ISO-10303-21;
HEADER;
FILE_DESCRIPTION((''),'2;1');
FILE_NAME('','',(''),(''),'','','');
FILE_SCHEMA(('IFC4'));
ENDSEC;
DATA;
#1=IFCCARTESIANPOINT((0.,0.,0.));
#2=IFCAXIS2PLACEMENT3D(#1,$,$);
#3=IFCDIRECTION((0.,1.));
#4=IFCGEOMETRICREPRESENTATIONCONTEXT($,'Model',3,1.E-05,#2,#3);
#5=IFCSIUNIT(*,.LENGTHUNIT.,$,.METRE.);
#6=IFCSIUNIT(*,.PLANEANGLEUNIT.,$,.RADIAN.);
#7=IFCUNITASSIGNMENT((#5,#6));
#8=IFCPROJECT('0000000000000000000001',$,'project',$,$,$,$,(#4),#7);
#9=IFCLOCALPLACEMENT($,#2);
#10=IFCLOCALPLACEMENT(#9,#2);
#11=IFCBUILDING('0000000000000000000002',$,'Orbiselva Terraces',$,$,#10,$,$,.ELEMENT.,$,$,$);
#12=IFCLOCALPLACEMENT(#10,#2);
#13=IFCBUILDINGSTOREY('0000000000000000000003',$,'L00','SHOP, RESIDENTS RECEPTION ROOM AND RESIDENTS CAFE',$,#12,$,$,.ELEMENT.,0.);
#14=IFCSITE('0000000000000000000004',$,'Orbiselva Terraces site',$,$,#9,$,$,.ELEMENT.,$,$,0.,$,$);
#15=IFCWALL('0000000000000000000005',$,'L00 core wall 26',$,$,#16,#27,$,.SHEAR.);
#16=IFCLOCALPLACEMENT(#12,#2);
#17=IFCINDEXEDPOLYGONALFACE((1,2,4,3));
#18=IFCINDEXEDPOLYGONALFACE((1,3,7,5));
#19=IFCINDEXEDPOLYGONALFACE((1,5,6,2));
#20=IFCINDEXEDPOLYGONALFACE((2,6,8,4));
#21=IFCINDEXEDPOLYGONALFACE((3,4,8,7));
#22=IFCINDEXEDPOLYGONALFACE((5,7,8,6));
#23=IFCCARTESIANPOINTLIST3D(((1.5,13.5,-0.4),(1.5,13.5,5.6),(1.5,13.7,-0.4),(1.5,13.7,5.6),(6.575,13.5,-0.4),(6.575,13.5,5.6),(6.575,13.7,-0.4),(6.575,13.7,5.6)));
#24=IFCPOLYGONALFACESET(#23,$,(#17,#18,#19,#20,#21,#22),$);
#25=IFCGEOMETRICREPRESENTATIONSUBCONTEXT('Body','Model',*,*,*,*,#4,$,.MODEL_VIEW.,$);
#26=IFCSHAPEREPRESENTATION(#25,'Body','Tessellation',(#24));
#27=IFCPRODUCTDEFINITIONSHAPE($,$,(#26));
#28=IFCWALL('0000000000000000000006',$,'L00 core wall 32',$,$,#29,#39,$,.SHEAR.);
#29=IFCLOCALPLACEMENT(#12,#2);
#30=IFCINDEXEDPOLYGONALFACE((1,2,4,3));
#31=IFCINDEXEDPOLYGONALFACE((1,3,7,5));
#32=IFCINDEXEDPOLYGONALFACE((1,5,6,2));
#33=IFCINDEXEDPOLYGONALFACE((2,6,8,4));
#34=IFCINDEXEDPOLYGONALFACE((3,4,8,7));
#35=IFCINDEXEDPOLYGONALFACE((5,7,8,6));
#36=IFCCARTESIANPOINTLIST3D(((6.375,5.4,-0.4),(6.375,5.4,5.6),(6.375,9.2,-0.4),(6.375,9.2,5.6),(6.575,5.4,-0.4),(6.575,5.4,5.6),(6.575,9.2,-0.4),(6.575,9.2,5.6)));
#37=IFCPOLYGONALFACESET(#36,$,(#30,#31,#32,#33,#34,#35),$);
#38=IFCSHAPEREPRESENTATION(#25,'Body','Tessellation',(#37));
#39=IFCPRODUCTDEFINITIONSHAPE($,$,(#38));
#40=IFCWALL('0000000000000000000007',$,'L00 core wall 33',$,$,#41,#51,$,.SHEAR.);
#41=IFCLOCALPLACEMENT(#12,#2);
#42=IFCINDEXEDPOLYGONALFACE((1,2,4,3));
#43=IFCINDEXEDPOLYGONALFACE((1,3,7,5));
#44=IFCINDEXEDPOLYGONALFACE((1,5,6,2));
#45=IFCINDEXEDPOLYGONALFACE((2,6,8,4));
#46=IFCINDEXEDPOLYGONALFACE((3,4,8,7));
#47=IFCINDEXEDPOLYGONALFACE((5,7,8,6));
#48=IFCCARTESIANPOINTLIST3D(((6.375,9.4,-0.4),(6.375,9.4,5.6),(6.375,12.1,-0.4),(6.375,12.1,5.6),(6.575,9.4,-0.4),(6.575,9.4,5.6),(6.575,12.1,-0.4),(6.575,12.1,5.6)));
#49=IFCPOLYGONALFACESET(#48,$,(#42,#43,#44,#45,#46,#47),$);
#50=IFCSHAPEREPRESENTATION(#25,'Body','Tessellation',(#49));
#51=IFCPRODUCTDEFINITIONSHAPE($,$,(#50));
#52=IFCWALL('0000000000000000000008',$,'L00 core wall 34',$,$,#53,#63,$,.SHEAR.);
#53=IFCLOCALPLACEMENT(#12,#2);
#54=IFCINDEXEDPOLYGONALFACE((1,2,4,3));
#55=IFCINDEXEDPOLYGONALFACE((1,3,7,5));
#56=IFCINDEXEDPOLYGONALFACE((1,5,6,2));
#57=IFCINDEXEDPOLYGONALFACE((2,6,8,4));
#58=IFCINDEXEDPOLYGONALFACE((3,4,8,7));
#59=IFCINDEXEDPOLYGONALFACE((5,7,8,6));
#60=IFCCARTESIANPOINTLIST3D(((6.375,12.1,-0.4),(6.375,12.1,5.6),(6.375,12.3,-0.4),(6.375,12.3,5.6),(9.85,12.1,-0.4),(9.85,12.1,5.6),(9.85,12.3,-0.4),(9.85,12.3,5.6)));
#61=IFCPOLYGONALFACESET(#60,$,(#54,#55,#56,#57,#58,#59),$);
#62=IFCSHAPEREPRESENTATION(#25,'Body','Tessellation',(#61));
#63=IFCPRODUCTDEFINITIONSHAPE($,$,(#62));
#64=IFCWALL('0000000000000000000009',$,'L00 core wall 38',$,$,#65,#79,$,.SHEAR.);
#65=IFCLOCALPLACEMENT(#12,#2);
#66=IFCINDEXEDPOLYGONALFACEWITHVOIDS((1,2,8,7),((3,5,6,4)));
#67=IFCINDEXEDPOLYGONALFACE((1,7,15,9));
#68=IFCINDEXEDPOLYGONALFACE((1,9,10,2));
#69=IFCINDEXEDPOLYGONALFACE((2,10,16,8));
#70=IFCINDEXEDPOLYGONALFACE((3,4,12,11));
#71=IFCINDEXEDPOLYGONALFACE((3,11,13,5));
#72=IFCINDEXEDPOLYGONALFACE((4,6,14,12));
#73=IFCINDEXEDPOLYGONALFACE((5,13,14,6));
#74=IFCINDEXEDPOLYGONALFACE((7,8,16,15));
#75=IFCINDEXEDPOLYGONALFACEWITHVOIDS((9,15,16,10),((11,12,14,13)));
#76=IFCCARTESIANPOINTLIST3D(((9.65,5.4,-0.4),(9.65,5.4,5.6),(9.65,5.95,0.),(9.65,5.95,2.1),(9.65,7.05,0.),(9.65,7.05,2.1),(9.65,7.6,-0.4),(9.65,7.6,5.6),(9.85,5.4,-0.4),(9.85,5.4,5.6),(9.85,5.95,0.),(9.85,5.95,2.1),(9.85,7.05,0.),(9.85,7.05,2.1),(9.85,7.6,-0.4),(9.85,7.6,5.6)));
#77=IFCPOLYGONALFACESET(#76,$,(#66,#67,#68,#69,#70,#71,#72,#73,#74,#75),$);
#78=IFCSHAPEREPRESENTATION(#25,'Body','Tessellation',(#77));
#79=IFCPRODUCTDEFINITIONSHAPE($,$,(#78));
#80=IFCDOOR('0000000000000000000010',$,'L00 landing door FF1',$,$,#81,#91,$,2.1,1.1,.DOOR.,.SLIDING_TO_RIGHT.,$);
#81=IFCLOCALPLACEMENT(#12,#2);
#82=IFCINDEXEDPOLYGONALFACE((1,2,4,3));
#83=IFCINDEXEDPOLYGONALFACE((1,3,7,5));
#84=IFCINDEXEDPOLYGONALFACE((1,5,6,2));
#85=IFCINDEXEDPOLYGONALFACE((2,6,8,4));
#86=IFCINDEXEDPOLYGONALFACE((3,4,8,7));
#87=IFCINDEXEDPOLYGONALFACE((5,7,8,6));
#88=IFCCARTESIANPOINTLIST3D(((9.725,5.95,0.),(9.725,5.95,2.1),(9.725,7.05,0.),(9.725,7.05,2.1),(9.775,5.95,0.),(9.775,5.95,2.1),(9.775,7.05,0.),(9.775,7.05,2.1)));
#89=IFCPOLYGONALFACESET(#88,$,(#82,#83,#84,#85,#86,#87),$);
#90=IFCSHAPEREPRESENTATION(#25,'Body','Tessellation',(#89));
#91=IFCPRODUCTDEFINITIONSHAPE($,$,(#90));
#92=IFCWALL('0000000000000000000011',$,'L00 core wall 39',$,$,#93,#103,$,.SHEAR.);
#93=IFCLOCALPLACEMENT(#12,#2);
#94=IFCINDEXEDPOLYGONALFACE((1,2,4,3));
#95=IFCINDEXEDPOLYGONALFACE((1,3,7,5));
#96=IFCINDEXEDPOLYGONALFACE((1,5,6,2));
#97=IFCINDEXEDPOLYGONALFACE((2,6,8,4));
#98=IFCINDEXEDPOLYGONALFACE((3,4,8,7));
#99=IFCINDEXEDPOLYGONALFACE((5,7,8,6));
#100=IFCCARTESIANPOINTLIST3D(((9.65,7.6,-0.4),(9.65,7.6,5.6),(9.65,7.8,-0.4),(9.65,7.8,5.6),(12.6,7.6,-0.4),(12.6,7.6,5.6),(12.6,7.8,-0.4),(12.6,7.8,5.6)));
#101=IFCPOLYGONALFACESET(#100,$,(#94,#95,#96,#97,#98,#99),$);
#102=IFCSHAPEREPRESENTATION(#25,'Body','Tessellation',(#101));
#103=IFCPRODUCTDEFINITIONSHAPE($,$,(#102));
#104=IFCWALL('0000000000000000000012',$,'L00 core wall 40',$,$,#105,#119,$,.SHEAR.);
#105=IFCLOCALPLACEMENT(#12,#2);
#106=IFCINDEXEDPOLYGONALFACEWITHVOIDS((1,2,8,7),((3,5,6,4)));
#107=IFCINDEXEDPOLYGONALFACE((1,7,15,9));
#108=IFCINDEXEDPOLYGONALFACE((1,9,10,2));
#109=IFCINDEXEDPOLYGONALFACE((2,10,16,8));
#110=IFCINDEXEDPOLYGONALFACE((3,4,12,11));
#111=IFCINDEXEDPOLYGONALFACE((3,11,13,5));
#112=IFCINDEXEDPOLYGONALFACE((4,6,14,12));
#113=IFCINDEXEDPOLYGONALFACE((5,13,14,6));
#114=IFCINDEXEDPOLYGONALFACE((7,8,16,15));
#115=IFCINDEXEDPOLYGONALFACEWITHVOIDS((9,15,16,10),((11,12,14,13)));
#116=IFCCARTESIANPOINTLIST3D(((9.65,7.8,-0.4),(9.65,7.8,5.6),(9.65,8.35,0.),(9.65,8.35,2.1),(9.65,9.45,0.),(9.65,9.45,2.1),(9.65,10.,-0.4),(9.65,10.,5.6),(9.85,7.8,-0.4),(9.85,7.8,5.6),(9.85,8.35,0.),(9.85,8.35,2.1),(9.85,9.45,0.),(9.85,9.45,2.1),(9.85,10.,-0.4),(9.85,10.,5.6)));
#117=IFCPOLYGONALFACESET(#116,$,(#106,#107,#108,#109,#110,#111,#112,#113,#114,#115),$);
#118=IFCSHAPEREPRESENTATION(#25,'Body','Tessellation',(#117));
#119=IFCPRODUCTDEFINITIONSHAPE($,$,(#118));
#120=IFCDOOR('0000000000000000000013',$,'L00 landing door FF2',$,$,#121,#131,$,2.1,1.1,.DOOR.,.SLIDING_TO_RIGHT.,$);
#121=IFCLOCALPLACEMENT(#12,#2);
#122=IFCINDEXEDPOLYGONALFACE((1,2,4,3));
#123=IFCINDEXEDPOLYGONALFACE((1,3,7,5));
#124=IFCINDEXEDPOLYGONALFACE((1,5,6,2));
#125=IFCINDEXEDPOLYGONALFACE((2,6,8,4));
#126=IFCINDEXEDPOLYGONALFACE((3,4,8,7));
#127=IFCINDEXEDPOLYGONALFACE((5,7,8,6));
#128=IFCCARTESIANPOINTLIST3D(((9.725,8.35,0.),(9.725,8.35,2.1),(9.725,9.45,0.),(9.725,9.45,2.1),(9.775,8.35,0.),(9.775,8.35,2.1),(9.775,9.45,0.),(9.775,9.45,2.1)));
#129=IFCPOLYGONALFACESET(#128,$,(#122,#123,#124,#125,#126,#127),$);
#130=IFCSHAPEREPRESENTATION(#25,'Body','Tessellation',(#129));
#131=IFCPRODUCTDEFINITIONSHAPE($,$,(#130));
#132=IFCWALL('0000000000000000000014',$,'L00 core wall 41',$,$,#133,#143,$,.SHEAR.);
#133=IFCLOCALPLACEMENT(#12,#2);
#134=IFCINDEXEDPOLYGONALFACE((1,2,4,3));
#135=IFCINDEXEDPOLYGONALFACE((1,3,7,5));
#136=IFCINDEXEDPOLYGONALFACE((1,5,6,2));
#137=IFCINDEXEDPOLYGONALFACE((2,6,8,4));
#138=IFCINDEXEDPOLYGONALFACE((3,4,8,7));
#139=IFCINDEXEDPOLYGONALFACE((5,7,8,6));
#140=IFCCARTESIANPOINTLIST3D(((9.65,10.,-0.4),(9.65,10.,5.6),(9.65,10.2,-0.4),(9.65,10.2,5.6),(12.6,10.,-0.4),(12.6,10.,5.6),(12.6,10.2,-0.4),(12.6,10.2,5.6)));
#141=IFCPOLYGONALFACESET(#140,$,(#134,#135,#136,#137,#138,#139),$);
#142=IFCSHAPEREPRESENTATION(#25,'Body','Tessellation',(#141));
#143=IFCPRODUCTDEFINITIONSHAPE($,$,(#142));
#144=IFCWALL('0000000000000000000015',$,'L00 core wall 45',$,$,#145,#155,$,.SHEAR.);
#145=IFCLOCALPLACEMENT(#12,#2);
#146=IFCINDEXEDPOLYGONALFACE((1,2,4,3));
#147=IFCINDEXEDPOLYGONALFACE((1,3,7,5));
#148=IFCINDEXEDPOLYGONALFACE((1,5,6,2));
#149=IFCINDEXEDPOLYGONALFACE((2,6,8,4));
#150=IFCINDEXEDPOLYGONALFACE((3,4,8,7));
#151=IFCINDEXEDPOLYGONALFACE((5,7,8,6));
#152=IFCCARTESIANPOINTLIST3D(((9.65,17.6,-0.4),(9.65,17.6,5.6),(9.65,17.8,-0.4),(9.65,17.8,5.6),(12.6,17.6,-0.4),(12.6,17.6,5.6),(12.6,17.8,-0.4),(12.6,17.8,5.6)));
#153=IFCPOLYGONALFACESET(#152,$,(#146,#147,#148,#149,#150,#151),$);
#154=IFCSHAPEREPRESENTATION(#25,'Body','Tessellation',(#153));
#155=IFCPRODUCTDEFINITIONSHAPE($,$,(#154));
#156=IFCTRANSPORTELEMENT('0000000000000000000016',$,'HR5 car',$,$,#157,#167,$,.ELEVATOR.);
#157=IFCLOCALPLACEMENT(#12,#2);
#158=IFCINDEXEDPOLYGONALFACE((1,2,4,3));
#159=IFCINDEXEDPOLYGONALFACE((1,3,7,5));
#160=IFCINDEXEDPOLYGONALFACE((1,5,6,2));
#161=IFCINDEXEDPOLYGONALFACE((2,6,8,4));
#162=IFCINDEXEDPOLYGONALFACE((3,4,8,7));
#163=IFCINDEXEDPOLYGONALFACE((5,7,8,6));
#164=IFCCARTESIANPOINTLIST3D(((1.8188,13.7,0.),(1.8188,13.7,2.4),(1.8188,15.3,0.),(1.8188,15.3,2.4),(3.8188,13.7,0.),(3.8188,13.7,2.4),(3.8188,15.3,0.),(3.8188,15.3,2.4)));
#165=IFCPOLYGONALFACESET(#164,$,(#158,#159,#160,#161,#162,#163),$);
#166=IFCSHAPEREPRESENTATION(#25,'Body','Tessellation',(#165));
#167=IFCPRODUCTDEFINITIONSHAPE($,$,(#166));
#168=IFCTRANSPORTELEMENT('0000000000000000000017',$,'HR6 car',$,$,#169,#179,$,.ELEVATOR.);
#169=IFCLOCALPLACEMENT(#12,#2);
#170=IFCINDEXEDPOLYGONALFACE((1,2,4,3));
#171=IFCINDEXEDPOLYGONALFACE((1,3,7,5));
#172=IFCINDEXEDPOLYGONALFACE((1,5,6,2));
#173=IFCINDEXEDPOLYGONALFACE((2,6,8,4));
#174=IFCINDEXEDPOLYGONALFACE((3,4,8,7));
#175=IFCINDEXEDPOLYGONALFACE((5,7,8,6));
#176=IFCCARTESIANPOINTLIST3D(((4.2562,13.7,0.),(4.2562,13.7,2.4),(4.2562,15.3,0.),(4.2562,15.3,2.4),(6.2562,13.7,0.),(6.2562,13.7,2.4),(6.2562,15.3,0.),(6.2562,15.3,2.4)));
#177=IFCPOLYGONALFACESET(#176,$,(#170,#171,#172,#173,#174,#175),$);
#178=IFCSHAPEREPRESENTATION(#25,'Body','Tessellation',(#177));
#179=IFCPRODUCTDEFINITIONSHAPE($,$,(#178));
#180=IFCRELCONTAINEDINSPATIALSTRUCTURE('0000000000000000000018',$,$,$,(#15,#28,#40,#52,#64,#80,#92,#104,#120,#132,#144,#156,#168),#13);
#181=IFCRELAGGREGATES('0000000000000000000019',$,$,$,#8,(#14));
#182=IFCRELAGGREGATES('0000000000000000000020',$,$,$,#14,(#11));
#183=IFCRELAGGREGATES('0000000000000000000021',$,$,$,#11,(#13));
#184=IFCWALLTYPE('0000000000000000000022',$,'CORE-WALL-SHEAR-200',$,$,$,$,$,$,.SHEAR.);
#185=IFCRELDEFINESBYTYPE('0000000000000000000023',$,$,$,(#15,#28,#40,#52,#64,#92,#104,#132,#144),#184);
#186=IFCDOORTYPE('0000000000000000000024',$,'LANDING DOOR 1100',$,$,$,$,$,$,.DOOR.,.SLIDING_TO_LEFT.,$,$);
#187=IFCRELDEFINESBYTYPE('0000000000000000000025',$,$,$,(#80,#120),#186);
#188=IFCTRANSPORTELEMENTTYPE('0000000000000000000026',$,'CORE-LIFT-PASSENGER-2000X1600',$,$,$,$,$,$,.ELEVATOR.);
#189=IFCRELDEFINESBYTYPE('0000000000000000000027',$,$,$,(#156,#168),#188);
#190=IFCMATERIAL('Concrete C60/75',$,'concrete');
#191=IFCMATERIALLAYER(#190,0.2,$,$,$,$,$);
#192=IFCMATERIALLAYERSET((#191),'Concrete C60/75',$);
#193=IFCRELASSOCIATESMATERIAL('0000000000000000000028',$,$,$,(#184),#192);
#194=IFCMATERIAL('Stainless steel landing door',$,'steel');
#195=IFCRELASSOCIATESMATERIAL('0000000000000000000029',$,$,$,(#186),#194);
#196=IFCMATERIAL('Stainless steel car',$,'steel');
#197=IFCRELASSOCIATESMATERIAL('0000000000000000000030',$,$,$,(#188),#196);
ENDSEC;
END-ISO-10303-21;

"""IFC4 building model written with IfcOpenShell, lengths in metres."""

from ifc_helpers import new_model, si_unit, direction, frame, frame_2d, origin, origin_2d, place, context, subcontext, project, spatial, rectangle, extrude, material, layer, layer_set, type_object, element, fill, save


model = new_model("IFC4")

# Units and contexts
model_context = context("Model", 3, precision=1e-05, world=origin(), true_north=direction((0.0, 1.0)))
body_context = subcontext(model_context, "Body", "Model", "MODEL_VIEW")
ifc_project = project(units=[si_unit("LENGTHUNIT", "METRE"), si_unit("PLANEANGLEUNIT", "RADIAN")], contexts=[model_context])

# Site, building, storey
site_placement = place(None, origin())
site = spatial("IfcSite", under=ifc_project, at=site_placement, Name="Orbiselva Terraces site", CompositionType="ELEMENT", RefElevation=0.0)
building_placement = place(site_placement, origin())
building = spatial("IfcBuilding", under=site, at=building_placement, Name="Orbiselva Terraces", CompositionType="ELEMENT")
storey_placement = place(building_placement, origin())
storey = spatial("IfcBuildingStorey", under=building, at=storey_placement, Name="L00", Description="SHOP, RESIDENTS RECEPTION ROOM AND RESIDENTS CAFE", CompositionType="ELEMENT", Elevation=0.0)

# Shared definitions
ifc_material_1 = material(Name="Concrete C60/75", Category="concrete")
ifc_layer_1 = layer(ifc_material_1, 0.2)
ifc_layer_set_1 = layer_set([ifc_layer_1], Name="Concrete C60/75")
wall_type_1 = type_object("IfcWallType", Name="CORE-WALL-SHEAR-200", PredefinedType="SHEAR", material=ifc_layer_set_1)

# Walls
wall_1_placement = place(storey_placement, frame((1.5, 13.6, -0.4), z_axis=(0.0, 0.0, 1.0), x_axis=(1.0, 0.0, 0.0)))
element("IfcWall", 1, at=wall_1_placement, inside=storey, type_object=wall_type_1, Name="L00 core wall 26", PredefinedType="SHEAR", context=body_context, shape_type="SweptSolid", body=[
    extrude(rectangle(XDim=5.075, YDim=0.2, at=frame_2d((2.5375, 0.0))), origin(), (0.0, 0.0, 1.0), 6.0),
])
wall_2_placement = place(storey_placement, frame((6.475, 5.4, -0.4), z_axis=(0.0, 0.0, 1.0), x_axis=(0.0, 1.0, 0.0)))
element("IfcWall", 2, at=wall_2_placement, inside=storey, type_object=wall_type_1, Name="L00 core wall 32", PredefinedType="SHEAR", context=body_context, shape_type="SweptSolid", body=[
    extrude(rectangle(XDim=3.8, YDim=0.2, at=frame_2d((1.9, 0.0))), origin(), (0.0, 0.0, 1.0), 6.0),
])
wall_3_placement = place(storey_placement, frame((6.475, 9.4, -0.4), z_axis=(0.0, 0.0, 1.0), x_axis=(0.0, 1.0, 0.0)))
element("IfcWall", 3, at=wall_3_placement, inside=storey, type_object=wall_type_1, Name="L00 core wall 33", PredefinedType="SHEAR", context=body_context, shape_type="SweptSolid", body=[
    extrude(rectangle(XDim=2.7, YDim=0.2, at=frame_2d((1.35, 0.0))), origin(), (0.0, 0.0, 1.0), 6.0),
])
wall_4_placement = place(storey_placement, frame((6.375, 12.2, -0.4), z_axis=(0.0, 0.0, 1.0), x_axis=(1.0, 0.0, 0.0)))
element("IfcWall", 4, at=wall_4_placement, inside=storey, type_object=wall_type_1, Name="L00 core wall 34", PredefinedType="SHEAR", context=body_context, shape_type="SweptSolid", body=[
    extrude(rectangle(XDim=3.475, YDim=0.2, at=frame_2d((1.7375, 0.0))), origin(), (0.0, 0.0, 1.0), 6.0),
])

# Wall, opening, door
wall_5_placement = place(storey_placement, frame((9.75, 5.4, -0.4), z_axis=(0.0, 0.0, 1.0), x_axis=(0.0, 1.0, 0.0)))
wall_5 = element("IfcWall", 5, at=wall_5_placement, inside=storey, type_object=wall_type_1, Name="L00 core wall 38", PredefinedType="SHEAR", context=body_context, shape_type="SweptSolid", body=[
    extrude(rectangle(XDim=2.2, YDim=0.2, at=frame_2d((1.1, 0.0))), origin(), (0.0, 0.0, 1.0), 6.0),
])
opening_1_placement = place(wall_5_placement, frame((0.55, 0.0, 0.4)))
opening_1 = element("IfcOpeningElement", 6, at=opening_1_placement, cuts=wall_5, PredefinedType="OPENING", context=body_context, shape_type="SweptSolid", body=[
    extrude(rectangle(XDim=1.1, YDim=2.1, at=frame_2d((0.55, 1.05))), frame((0.0, 0.11, 0.0), z_axis=(0.0, -1.0, 0.0), x_axis=(1.0, 0.0, 0.0)), (0.0, 0.0, 1.0), 0.22),
])
ifc_material_2 = material(Name="Stainless steel landing door", Category="steel")
door_type_1 = type_object("IfcDoorType", Name="LANDING DOOR 1100", OperationType="SLIDING_TO_LEFT", PredefinedType="DOOR", material=ifc_material_2)
door_1_placement = place(opening_1_placement, origin())
door_1 = element("IfcDoor", 7, at=door_1_placement, inside=storey, type_object=door_type_1, Name="L00 landing door FF1", OperationType="SLIDING_TO_RIGHT", OverallHeight=2.1, OverallWidth=1.1, PredefinedType="DOOR", context=body_context, shape_type="SweptSolid", body=[
    extrude(rectangle(XDim=1.1, YDim=2.1, at=frame_2d((0.55, 1.05))), frame((0.0, 0.025, 0.0), z_axis=(0.0, -1.0, 0.0), x_axis=(1.0, 0.0, 0.0)), (0.0, 0.0, 1.0), 0.05),
])
fill(opening_1, door_1)

# Wall
wall_6_placement = place(storey_placement, frame((9.65, 7.7, -0.4), z_axis=(0.0, 0.0, 1.0), x_axis=(1.0, 0.0, 0.0)))
element("IfcWall", 8, at=wall_6_placement, inside=storey, type_object=wall_type_1, Name="L00 core wall 39", PredefinedType="SHEAR", context=body_context, shape_type="SweptSolid", body=[
    extrude(rectangle(XDim=2.95, YDim=0.2, at=frame_2d((1.475, 0.0))), origin(), (0.0, 0.0, 1.0), 6.0),
])

# Wall, opening, door
wall_7_placement = place(storey_placement, frame((9.75, 7.8, -0.4), z_axis=(0.0, 0.0, 1.0), x_axis=(0.0, 1.0, 0.0)))
wall_7 = element("IfcWall", 9, at=wall_7_placement, inside=storey, type_object=wall_type_1, Name="L00 core wall 40", PredefinedType="SHEAR", context=body_context, shape_type="SweptSolid", body=[
    extrude(rectangle(XDim=2.2, YDim=0.2, at=frame_2d((1.1, 0.0))), origin(), (0.0, 0.0, 1.0), 6.0),
])
opening_2_placement = place(wall_7_placement, frame((0.55, 0.0, 0.4)))
opening_2 = element("IfcOpeningElement", 10, at=opening_2_placement, cuts=wall_7, PredefinedType="OPENING", context=body_context, shape_type="SweptSolid", body=[
    extrude(rectangle(XDim=1.1, YDim=2.1, at=frame_2d((0.55, 1.05))), frame((0.0, 0.11, 0.0), z_axis=(0.0, -1.0, 0.0), x_axis=(1.0, 0.0, 0.0)), (0.0, 0.0, 1.0), 0.22),
])
door_2_placement = place(opening_2_placement, origin())
door_2 = element("IfcDoor", 11, at=door_2_placement, inside=storey, type_object=door_type_1, Name="L00 landing door FF2", OperationType="SLIDING_TO_RIGHT", OverallHeight=2.1, OverallWidth=1.1, PredefinedType="DOOR", context=body_context, shape_type="SweptSolid", body=[
    extrude(rectangle(XDim=1.1, YDim=2.1, at=frame_2d((0.55, 1.05))), frame((0.0, 0.025, 0.0), z_axis=(0.0, -1.0, 0.0), x_axis=(1.0, 0.0, 0.0)), (0.0, 0.0, 1.0), 0.05),
])
fill(opening_2, door_2)

# Walls
for number, where, z_axis, x_axis, name in (
    (12, (9.65, 10.1, -0.4), (0.0, 0.0, 1.0), (1.0, 0.0, 0.0), "L00 core wall 41"),
    (13, (9.65, 17.7, -0.4), (0.0, 0.0, 1.0), (1.0, 0.0, 0.0), "L00 core wall 45"),
):
    element("IfcWall", number, at=place(storey_placement, frame(where, z_axis=z_axis, x_axis=x_axis)), inside=storey, type_object=wall_type_1, Name=name, PredefinedType="SHEAR", context=body_context, shape_type="SweptSolid", body=[
        extrude(rectangle(XDim=2.95, YDim=0.2, at=frame_2d((1.475, 0.0))), origin(), (0.0, 0.0, 1.0), 6.0),
    ])

# Transport elements
ifc_material_3 = material(Name="Stainless steel car", Category="steel")
transport_element_type = type_object("IfcTransportElementType", Name="CORE-LIFT-PASSENGER-2000X1600", PredefinedType="ELEVATOR", material=ifc_material_3)
for number, where, z_axis, x_axis, name in (
    (14, (2.8188, 14.5, 0.0), (0.0, 0.0, 1.0), (1.0, 0.0, 0.0), "HR5 car"),
    (15, (5.2562, 14.5, 0.0), (0.0, 0.0, 1.0), (1.0, 0.0, 0.0), "HR6 car"),
):
    element("IfcTransportElement", number, at=place(storey_placement, frame(where, z_axis=z_axis, x_axis=x_axis)), inside=storey, type_object=transport_element_type, Name=name, PredefinedType="ELEVATOR", context=body_context, shape_type="SweptSolid", body=[
        extrude(rectangle(XDim=2.0, YDim=1.6, at=origin_2d()), origin(), (0.0, 0.0, 1.0), 2.4),
    ])

save(model, "model.ifc")
